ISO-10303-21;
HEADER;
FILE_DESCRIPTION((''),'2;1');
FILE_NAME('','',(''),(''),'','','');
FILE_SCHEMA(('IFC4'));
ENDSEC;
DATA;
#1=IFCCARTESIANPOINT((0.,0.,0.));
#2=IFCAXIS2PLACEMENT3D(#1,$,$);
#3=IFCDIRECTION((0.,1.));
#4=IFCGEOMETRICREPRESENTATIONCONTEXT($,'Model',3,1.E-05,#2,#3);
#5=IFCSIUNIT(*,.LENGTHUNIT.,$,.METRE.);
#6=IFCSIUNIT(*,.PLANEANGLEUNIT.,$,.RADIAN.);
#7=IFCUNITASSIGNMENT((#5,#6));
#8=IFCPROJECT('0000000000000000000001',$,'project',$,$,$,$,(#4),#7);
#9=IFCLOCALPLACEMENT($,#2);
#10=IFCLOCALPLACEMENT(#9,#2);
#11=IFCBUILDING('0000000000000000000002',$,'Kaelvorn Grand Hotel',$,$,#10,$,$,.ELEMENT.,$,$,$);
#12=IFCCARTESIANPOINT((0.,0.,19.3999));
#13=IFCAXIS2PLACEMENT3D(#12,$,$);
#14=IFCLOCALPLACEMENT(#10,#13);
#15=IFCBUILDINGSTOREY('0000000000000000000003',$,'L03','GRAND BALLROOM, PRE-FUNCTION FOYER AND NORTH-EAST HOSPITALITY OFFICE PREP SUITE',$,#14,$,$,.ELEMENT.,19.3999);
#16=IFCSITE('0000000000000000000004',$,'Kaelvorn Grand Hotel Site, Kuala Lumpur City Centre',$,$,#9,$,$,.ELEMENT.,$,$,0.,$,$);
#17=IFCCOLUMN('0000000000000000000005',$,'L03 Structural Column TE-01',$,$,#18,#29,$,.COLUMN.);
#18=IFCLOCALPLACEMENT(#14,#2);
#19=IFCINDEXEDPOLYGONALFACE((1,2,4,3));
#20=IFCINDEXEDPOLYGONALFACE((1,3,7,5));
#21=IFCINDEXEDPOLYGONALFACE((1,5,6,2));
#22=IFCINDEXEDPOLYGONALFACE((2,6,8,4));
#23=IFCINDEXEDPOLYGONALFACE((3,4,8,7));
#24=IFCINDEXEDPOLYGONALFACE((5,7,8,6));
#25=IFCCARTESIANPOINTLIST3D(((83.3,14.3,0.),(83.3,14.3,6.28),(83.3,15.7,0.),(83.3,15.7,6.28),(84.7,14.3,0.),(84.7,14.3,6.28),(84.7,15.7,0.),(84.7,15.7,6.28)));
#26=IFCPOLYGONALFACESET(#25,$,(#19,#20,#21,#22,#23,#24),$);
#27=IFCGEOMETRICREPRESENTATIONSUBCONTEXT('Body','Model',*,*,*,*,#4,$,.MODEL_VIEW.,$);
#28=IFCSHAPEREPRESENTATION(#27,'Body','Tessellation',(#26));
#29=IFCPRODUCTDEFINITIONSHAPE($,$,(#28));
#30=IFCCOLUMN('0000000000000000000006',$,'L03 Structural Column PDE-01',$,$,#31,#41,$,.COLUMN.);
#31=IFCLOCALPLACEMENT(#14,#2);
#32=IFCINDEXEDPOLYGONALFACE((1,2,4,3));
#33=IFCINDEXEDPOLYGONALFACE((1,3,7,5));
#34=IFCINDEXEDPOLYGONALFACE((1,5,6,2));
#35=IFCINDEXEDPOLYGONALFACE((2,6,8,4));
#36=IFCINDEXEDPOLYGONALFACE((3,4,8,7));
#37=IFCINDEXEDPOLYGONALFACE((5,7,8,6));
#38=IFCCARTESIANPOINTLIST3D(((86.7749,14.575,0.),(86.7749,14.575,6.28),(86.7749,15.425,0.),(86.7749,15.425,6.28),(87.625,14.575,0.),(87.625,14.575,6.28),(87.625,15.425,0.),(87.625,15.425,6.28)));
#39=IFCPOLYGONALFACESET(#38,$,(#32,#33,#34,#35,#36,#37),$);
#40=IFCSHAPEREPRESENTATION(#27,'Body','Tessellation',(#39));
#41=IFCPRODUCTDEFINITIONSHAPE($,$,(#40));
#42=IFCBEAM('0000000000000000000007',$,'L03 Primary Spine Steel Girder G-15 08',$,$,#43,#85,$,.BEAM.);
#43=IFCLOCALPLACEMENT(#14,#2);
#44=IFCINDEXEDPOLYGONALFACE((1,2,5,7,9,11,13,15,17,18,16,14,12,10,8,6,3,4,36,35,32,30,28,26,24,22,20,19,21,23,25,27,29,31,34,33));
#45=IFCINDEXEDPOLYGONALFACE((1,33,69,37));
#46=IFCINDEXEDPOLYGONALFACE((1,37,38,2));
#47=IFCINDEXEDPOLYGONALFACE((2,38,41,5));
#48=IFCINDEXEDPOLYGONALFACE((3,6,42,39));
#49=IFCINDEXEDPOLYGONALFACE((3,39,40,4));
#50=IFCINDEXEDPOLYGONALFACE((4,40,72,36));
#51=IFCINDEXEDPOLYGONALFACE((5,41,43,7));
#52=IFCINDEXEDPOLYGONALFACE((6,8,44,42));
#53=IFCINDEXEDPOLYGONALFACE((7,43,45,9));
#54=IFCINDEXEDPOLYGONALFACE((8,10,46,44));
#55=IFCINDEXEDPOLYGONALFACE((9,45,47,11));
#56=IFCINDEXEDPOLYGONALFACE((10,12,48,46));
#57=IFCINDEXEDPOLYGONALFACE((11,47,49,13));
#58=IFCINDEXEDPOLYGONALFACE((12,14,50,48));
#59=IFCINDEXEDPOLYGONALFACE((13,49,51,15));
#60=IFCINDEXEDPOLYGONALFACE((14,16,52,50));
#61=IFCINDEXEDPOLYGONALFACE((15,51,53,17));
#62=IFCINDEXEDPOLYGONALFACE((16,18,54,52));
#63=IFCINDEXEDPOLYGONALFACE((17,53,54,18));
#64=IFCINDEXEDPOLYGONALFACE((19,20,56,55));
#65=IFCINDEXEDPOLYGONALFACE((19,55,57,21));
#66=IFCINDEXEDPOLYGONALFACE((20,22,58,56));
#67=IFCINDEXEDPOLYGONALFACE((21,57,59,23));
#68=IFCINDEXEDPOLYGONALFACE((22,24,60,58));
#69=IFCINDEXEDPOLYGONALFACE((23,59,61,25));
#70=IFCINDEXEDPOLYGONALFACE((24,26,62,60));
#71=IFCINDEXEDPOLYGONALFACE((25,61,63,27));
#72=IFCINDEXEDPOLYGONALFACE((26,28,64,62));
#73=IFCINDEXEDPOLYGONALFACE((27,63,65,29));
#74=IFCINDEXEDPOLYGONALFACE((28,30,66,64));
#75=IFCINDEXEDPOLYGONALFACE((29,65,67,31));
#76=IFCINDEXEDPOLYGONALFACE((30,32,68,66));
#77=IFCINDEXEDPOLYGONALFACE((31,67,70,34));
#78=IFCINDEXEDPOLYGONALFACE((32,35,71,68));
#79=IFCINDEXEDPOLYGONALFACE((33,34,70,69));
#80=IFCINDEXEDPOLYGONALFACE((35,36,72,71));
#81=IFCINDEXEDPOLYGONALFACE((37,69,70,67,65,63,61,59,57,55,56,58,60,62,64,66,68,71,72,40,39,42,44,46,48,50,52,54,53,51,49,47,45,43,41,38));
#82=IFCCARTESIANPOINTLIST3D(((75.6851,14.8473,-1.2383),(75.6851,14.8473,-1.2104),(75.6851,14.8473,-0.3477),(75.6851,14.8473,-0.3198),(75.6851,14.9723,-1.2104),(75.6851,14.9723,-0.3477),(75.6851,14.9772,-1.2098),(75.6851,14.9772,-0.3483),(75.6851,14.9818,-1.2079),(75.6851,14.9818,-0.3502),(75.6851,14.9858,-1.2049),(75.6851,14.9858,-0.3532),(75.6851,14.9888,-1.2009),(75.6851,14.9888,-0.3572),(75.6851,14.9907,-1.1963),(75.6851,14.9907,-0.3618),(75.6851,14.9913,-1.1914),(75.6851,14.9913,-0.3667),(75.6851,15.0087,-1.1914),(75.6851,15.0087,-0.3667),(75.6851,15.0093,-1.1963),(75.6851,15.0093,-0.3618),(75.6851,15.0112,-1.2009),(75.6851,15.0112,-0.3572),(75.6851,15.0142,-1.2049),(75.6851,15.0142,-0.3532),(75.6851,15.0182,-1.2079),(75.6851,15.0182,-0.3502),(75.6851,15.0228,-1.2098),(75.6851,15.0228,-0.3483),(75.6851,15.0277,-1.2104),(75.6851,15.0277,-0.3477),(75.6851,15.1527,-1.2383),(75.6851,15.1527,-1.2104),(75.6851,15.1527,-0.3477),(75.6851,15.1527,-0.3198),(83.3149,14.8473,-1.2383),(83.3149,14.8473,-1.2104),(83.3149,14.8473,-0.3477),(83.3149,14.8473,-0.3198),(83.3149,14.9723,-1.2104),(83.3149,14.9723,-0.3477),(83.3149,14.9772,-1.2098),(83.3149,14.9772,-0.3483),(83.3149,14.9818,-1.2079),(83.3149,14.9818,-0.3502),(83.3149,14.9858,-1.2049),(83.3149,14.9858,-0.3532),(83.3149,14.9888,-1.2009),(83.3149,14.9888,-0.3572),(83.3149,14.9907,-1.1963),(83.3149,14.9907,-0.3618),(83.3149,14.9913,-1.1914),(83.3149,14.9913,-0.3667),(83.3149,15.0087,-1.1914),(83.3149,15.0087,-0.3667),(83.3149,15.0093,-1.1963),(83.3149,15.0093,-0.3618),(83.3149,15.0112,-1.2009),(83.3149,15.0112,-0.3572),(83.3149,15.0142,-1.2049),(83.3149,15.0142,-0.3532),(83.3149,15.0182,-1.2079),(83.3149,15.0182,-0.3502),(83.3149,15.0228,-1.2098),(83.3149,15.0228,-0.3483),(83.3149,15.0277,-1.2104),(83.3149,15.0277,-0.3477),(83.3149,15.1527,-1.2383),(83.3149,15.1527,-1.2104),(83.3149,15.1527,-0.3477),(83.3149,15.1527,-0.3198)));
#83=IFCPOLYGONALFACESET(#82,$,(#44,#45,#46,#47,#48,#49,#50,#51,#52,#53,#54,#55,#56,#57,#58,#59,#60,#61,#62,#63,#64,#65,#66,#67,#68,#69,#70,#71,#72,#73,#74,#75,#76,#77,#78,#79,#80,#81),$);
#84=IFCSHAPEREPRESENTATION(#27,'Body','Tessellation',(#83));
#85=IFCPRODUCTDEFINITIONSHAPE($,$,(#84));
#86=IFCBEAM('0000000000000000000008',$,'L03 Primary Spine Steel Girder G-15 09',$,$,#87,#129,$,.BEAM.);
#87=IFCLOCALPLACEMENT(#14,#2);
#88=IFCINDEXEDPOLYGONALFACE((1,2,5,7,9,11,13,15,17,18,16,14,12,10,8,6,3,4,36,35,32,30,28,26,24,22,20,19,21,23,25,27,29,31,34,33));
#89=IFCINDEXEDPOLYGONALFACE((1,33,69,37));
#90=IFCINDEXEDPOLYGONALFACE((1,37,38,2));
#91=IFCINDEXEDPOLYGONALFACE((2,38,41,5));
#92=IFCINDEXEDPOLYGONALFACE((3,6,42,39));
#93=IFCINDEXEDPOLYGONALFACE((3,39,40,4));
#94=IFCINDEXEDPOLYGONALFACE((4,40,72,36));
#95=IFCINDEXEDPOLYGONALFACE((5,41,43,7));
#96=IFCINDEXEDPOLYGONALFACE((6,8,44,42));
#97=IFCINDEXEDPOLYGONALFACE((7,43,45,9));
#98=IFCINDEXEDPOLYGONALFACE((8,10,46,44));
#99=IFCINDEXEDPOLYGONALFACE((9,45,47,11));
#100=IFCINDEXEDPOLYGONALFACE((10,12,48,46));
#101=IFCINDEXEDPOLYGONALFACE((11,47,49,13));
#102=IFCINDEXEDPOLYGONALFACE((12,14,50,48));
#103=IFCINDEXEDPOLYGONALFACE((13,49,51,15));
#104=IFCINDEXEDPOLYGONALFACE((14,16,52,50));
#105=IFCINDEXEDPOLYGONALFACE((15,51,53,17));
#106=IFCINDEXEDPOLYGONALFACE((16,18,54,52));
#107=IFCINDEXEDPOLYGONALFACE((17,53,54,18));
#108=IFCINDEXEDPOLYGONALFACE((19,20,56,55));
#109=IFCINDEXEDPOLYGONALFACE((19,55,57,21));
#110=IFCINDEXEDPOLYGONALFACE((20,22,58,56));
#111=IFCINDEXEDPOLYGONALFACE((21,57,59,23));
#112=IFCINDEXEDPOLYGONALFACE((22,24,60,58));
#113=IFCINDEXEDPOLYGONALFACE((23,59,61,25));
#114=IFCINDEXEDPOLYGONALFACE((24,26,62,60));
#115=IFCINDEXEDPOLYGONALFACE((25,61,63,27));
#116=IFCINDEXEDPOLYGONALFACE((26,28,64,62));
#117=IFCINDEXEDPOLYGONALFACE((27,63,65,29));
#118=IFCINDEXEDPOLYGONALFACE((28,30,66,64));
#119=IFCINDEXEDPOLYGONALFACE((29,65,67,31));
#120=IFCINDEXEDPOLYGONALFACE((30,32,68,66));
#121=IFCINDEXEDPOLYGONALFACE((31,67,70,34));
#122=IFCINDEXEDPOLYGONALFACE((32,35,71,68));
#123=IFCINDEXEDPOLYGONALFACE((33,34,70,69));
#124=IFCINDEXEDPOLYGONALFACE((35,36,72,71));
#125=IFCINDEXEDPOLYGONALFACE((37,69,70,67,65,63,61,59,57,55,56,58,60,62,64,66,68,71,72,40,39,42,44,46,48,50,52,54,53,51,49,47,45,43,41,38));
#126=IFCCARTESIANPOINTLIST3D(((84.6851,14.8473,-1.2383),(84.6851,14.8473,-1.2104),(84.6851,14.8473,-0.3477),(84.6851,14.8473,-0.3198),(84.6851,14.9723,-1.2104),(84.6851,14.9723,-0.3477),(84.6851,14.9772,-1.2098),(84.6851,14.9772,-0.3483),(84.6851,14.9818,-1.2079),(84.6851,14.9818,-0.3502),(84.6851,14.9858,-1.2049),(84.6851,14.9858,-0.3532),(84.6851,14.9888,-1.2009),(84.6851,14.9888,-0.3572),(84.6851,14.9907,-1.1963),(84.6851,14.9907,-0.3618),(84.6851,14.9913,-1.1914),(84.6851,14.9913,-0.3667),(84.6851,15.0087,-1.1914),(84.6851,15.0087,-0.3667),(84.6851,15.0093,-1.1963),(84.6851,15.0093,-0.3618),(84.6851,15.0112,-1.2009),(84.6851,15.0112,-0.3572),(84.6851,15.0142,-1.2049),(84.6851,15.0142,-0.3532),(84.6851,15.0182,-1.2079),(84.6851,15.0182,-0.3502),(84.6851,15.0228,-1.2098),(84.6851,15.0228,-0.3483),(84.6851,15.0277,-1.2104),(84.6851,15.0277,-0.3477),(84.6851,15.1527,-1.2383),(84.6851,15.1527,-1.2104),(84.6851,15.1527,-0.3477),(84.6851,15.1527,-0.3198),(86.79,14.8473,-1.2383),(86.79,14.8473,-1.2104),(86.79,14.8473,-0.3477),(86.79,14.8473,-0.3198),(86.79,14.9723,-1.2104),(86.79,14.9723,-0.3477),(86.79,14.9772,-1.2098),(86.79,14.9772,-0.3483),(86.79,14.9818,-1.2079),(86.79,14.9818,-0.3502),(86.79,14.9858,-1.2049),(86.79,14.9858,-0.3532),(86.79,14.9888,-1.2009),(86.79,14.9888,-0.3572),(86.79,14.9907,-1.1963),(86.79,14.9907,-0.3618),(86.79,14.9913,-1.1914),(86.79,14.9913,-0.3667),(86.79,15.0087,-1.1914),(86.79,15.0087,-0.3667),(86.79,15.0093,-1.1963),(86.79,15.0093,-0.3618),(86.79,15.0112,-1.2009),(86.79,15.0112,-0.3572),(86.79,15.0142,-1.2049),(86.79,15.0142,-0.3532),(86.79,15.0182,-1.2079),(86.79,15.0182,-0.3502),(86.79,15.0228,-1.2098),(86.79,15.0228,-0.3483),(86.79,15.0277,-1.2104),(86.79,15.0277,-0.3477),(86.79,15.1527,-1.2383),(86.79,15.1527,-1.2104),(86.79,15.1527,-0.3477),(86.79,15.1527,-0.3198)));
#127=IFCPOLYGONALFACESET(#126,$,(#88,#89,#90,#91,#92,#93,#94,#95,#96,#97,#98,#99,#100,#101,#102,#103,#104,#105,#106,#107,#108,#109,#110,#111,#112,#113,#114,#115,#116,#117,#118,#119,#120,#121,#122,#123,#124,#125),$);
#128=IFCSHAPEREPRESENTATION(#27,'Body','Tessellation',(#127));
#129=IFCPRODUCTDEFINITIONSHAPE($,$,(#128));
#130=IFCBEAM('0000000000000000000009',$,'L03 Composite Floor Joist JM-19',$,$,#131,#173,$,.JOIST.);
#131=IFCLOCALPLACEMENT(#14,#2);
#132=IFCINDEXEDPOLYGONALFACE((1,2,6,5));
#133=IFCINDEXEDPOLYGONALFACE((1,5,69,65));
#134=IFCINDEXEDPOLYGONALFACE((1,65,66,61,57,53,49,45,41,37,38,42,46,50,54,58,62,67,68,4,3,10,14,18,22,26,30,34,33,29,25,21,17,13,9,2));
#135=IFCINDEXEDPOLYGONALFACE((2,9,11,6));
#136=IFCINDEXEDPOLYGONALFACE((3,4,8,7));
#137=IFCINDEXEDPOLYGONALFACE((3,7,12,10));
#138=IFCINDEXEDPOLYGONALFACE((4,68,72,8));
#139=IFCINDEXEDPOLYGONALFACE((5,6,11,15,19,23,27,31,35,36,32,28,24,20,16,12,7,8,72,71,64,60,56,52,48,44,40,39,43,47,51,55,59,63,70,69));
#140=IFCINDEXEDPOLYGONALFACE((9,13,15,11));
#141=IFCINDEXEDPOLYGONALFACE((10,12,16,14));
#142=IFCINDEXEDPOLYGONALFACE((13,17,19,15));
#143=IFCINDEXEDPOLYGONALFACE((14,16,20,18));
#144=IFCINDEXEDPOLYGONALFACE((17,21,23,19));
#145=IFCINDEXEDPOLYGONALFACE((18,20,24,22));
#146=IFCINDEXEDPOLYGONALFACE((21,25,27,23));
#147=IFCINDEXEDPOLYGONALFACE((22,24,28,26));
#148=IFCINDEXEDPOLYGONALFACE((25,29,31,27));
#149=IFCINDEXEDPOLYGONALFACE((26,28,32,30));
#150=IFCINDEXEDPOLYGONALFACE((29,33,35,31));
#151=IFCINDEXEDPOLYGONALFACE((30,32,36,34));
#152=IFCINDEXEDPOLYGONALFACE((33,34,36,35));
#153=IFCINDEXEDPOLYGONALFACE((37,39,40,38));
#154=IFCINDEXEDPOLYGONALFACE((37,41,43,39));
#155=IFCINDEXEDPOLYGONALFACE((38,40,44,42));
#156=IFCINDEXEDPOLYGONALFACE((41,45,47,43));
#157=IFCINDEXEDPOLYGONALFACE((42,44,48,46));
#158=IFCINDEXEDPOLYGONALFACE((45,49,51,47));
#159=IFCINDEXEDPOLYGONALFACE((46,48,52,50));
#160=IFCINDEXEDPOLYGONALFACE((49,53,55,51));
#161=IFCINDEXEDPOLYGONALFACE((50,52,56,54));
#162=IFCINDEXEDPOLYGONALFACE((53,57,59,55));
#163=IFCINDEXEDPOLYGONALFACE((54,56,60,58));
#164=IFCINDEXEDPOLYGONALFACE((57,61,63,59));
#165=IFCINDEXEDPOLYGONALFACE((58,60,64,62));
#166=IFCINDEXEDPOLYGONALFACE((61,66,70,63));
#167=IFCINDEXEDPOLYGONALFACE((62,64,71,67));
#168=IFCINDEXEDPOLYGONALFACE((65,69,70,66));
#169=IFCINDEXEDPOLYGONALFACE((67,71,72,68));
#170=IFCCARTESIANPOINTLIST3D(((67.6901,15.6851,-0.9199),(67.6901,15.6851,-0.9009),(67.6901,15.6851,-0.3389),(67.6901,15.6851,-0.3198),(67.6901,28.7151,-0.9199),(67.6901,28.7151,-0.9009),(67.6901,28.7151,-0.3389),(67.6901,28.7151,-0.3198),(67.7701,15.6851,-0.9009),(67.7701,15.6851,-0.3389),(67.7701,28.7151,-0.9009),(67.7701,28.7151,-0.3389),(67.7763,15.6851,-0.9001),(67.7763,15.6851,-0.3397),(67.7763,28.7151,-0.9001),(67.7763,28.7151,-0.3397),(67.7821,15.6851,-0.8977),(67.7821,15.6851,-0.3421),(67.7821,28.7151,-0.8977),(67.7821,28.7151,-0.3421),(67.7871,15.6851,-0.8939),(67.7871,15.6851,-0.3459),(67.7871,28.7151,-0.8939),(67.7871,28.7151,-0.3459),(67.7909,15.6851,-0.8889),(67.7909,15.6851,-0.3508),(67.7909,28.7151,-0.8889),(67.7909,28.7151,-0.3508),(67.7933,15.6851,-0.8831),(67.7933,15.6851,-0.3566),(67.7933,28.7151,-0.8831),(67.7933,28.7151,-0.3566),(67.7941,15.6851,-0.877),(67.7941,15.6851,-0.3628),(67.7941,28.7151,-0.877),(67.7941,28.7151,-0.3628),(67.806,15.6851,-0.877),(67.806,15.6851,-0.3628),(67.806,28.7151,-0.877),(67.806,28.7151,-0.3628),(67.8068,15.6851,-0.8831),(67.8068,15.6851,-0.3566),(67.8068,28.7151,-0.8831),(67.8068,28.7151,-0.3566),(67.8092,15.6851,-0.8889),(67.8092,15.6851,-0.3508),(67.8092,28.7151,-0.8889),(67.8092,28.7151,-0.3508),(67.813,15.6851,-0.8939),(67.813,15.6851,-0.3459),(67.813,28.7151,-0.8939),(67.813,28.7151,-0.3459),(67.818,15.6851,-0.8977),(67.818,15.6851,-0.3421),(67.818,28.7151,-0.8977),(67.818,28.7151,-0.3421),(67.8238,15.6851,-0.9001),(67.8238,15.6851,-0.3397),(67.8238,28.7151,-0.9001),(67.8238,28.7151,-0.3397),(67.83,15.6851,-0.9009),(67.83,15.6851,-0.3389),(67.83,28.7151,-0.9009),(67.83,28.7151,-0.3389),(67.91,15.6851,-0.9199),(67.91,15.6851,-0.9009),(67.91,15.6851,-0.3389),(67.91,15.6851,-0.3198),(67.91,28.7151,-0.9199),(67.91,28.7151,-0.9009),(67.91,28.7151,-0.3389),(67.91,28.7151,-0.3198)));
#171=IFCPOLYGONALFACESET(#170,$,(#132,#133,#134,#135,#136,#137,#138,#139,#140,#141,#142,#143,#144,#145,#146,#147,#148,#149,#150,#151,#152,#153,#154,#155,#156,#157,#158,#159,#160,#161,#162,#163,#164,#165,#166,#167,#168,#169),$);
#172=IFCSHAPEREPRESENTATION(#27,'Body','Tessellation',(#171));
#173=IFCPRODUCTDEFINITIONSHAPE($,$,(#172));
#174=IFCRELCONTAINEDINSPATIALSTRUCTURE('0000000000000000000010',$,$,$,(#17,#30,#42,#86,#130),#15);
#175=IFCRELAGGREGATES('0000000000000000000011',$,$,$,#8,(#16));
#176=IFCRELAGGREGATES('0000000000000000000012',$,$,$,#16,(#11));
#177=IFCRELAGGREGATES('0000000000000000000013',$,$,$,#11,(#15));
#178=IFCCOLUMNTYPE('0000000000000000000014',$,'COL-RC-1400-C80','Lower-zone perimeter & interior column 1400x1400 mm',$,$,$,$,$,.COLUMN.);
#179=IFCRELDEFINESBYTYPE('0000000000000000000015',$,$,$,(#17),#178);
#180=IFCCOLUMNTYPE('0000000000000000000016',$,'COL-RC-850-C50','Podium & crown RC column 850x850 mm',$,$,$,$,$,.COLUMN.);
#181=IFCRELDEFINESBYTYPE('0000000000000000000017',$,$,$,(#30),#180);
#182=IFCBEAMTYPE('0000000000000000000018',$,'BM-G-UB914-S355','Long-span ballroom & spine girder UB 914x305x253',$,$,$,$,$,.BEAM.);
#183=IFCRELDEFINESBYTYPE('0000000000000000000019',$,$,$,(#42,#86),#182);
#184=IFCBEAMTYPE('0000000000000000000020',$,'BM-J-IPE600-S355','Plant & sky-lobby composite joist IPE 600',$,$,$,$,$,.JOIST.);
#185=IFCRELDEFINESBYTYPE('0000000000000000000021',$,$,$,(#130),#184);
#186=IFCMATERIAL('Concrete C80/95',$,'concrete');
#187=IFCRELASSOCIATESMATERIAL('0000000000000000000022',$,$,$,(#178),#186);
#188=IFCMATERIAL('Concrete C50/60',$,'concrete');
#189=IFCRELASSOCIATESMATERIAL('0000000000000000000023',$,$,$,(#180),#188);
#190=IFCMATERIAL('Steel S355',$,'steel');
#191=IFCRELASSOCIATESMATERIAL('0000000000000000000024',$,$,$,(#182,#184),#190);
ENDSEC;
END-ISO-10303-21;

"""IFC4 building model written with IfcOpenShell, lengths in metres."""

from ifc_helpers import new_model, si_unit, direction, frame, origin, origin_2d, place, context, subcontext, project, spatial, rectangle, i_section, extrude, material, material_profile, profile_set, type_object, element, save


model = new_model("IFC4")

# Units and contexts
model_context = context("Model", 3, precision=1e-05, world=origin(), true_north=direction((0.0, 1.0)))
body_context = subcontext(model_context, "Body", "Model", "MODEL_VIEW")
ifc_project = project(units=[si_unit("LENGTHUNIT", "METRE"), si_unit("PLANEANGLEUNIT", "RADIAN")], contexts=[model_context])

# Site, building, storey
site_placement = place(None, origin())
site = spatial("IfcSite", under=ifc_project, at=site_placement, Name="Kaelvorn Grand Hotel Site, Kuala Lumpur City Centre", CompositionType="ELEMENT", RefElevation=0.0)
building_placement = place(site_placement, origin())
building = spatial("IfcBuilding", under=site, at=building_placement, Name="Kaelvorn Grand Hotel", CompositionType="ELEMENT")
storey_placement = place(building_placement, frame((0.0, 0.0, 19.3999)))
storey = spatial("IfcBuildingStorey", under=building, at=storey_placement, Name="L03", Description="GRAND BALLROOM, PRE-FUNCTION FOYER AND NORTH-EAST HOSPITALITY OFFICE PREP SUITE", CompositionType="ELEMENT", Elevation=19.3999)

# Columns
ifc_material_1 = material(Name="Concrete C80/95", Category="concrete")
ifc_material_profile_1 = material_profile(ifc_material_1, rectangle(XDim=1.3999, YDim=1.3999, at=origin_2d()), Name="RC COL 1400x1400")
ifc_profile_set_1 = profile_set([ifc_material_profile_1], Name="Concrete C80/95")
column_type_1 = type_object("IfcColumnType", Name="COL-RC-1400-C80", Description="Lower-zone perimeter & interior column 1400x1400 mm", PredefinedType="COLUMN", material=ifc_profile_set_1)
column_1_placement = place(storey_placement, frame((84.0, 15.0, 0.0), z_axis=(0.0, 0.0, 1.0), x_axis=(1.0, 0.0, 0.0)))
element("IfcColumn", 1, at=column_1_placement, inside=storey, type_object=column_type_1, Name="L03 Structural Column TE-01", PredefinedType="COLUMN", context=body_context, shape_type="SweptSolid", body=[
    extrude(rectangle(XDim=1.3999, YDim=1.3999, at=origin_2d()), origin(), (0.0, 0.0, 1.0), 6.28),
])
ifc_material_2 = material(Name="Concrete C50/60", Category="concrete")
ifc_material_profile_2 = material_profile(ifc_material_2, rectangle(XDim=0.8501, YDim=0.8501, at=origin_2d()), Name="RC COL 850x850")
ifc_profile_set_2 = profile_set([ifc_material_profile_2], Name="Concrete C50/60")
column_type_2 = type_object("IfcColumnType", Name="COL-RC-850-C50", Description="Podium & crown RC column 850x850 mm", PredefinedType="COLUMN", material=ifc_profile_set_2)
column_2_placement = place(storey_placement, frame((87.2, 15.0, 0.0), z_axis=(0.0, 0.0, 1.0), x_axis=(1.0, 0.0, 0.0)))
element("IfcColumn", 2, at=column_2_placement, inside=storey, type_object=column_type_2, Name="L03 Structural Column PDE-01", PredefinedType="COLUMN", context=body_context, shape_type="SweptSolid", body=[
    extrude(rectangle(XDim=0.8501, YDim=0.8501, at=origin_2d()), origin(), (0.0, 0.0, 1.0), 6.28),
])

# Beams
ifc_material_3 = material(Name="Steel S355", Category="steel")
ifc_material_profile_3 = material_profile(ifc_material_3, i_section(OverallWidth=0.3054, OverallDepth=0.9185, WebThickness=0.0173, FlangeThickness=0.0278, FilletRadius=0.019, at=origin_2d()), Name="UB 914x305x253")
ifc_profile_set_3 = profile_set([ifc_material_profile_3], Name="Steel S355")
beam_type_1 = type_object("IfcBeamType", Name="BM-G-UB914-S355", Description="Long-span ballroom & spine girder UB 914x305x253", PredefinedType="BEAM", material=ifc_profile_set_3)
beam_1_placement = place(storey_placement, frame((75.6851, 15.0, -0.7791), z_axis=(1.0, 0.0, 0.0), x_axis=(0.0, 1.0, 0.0)))
element("IfcBeam", 3, at=beam_1_placement, inside=storey, type_object=beam_type_1, Name="L03 Primary Spine Steel Girder G-15 08", PredefinedType="BEAM", context=body_context, shape_type="SweptSolid", body=[
    extrude(i_section(OverallWidth=0.3054, OverallDepth=0.9185, WebThickness=0.0173, FlangeThickness=0.0278, FilletRadius=0.019, at=origin_2d()), origin(), (0.0, 0.0, 1.0), 7.6299),
])
beam_2_placement = place(storey_placement, frame((84.6851, 15.0, -0.7791), z_axis=(1.0, 0.0, 0.0), x_axis=(0.0, 1.0, 0.0)))
element("IfcBeam", 4, at=beam_2_placement, inside=storey, type_object=beam_type_1, Name="L03 Primary Spine Steel Girder G-15 09", PredefinedType="BEAM", context=body_context, shape_type="SweptSolid", body=[
    extrude(i_section(OverallWidth=0.3054, OverallDepth=0.9185, WebThickness=0.0173, FlangeThickness=0.0278, FilletRadius=0.019, at=origin_2d()), origin(), (0.0, 0.0, 1.0), 2.105),
])
ifc_material_profile_4 = material_profile(ifc_material_3, i_section(OverallWidth=0.22, OverallDepth=0.6001, WebThickness=0.012, FlangeThickness=0.019, FilletRadius=0.0239, at=origin_2d()), Name="IPE 600")
ifc_profile_set_4 = profile_set([ifc_material_profile_4], Name="Steel S355")
beam_type_2 = type_object("IfcBeamType", Name="BM-J-IPE600-S355", Description="Plant & sky-lobby composite joist IPE 600", PredefinedType="JOIST", material=ifc_profile_set_4)
beam_3_placement = place(storey_placement, frame((67.8, 15.6851, -0.6199), z_axis=(0.0, 1.0, 0.0), x_axis=(-1.0, 0.0, 0.0)))
element("IfcBeam", 5, at=beam_3_placement, inside=storey, type_object=beam_type_2, Name="L03 Composite Floor Joist JM-19", PredefinedType="JOIST", context=body_context, shape_type="SweptSolid", body=[
    extrude(i_section(OverallWidth=0.22, OverallDepth=0.6001, WebThickness=0.012, FlangeThickness=0.019, FilletRadius=0.0239, at=origin_2d()), origin(), (0.0, 0.0, 1.0), 13.03),
])

save(model, "model.ifc")
